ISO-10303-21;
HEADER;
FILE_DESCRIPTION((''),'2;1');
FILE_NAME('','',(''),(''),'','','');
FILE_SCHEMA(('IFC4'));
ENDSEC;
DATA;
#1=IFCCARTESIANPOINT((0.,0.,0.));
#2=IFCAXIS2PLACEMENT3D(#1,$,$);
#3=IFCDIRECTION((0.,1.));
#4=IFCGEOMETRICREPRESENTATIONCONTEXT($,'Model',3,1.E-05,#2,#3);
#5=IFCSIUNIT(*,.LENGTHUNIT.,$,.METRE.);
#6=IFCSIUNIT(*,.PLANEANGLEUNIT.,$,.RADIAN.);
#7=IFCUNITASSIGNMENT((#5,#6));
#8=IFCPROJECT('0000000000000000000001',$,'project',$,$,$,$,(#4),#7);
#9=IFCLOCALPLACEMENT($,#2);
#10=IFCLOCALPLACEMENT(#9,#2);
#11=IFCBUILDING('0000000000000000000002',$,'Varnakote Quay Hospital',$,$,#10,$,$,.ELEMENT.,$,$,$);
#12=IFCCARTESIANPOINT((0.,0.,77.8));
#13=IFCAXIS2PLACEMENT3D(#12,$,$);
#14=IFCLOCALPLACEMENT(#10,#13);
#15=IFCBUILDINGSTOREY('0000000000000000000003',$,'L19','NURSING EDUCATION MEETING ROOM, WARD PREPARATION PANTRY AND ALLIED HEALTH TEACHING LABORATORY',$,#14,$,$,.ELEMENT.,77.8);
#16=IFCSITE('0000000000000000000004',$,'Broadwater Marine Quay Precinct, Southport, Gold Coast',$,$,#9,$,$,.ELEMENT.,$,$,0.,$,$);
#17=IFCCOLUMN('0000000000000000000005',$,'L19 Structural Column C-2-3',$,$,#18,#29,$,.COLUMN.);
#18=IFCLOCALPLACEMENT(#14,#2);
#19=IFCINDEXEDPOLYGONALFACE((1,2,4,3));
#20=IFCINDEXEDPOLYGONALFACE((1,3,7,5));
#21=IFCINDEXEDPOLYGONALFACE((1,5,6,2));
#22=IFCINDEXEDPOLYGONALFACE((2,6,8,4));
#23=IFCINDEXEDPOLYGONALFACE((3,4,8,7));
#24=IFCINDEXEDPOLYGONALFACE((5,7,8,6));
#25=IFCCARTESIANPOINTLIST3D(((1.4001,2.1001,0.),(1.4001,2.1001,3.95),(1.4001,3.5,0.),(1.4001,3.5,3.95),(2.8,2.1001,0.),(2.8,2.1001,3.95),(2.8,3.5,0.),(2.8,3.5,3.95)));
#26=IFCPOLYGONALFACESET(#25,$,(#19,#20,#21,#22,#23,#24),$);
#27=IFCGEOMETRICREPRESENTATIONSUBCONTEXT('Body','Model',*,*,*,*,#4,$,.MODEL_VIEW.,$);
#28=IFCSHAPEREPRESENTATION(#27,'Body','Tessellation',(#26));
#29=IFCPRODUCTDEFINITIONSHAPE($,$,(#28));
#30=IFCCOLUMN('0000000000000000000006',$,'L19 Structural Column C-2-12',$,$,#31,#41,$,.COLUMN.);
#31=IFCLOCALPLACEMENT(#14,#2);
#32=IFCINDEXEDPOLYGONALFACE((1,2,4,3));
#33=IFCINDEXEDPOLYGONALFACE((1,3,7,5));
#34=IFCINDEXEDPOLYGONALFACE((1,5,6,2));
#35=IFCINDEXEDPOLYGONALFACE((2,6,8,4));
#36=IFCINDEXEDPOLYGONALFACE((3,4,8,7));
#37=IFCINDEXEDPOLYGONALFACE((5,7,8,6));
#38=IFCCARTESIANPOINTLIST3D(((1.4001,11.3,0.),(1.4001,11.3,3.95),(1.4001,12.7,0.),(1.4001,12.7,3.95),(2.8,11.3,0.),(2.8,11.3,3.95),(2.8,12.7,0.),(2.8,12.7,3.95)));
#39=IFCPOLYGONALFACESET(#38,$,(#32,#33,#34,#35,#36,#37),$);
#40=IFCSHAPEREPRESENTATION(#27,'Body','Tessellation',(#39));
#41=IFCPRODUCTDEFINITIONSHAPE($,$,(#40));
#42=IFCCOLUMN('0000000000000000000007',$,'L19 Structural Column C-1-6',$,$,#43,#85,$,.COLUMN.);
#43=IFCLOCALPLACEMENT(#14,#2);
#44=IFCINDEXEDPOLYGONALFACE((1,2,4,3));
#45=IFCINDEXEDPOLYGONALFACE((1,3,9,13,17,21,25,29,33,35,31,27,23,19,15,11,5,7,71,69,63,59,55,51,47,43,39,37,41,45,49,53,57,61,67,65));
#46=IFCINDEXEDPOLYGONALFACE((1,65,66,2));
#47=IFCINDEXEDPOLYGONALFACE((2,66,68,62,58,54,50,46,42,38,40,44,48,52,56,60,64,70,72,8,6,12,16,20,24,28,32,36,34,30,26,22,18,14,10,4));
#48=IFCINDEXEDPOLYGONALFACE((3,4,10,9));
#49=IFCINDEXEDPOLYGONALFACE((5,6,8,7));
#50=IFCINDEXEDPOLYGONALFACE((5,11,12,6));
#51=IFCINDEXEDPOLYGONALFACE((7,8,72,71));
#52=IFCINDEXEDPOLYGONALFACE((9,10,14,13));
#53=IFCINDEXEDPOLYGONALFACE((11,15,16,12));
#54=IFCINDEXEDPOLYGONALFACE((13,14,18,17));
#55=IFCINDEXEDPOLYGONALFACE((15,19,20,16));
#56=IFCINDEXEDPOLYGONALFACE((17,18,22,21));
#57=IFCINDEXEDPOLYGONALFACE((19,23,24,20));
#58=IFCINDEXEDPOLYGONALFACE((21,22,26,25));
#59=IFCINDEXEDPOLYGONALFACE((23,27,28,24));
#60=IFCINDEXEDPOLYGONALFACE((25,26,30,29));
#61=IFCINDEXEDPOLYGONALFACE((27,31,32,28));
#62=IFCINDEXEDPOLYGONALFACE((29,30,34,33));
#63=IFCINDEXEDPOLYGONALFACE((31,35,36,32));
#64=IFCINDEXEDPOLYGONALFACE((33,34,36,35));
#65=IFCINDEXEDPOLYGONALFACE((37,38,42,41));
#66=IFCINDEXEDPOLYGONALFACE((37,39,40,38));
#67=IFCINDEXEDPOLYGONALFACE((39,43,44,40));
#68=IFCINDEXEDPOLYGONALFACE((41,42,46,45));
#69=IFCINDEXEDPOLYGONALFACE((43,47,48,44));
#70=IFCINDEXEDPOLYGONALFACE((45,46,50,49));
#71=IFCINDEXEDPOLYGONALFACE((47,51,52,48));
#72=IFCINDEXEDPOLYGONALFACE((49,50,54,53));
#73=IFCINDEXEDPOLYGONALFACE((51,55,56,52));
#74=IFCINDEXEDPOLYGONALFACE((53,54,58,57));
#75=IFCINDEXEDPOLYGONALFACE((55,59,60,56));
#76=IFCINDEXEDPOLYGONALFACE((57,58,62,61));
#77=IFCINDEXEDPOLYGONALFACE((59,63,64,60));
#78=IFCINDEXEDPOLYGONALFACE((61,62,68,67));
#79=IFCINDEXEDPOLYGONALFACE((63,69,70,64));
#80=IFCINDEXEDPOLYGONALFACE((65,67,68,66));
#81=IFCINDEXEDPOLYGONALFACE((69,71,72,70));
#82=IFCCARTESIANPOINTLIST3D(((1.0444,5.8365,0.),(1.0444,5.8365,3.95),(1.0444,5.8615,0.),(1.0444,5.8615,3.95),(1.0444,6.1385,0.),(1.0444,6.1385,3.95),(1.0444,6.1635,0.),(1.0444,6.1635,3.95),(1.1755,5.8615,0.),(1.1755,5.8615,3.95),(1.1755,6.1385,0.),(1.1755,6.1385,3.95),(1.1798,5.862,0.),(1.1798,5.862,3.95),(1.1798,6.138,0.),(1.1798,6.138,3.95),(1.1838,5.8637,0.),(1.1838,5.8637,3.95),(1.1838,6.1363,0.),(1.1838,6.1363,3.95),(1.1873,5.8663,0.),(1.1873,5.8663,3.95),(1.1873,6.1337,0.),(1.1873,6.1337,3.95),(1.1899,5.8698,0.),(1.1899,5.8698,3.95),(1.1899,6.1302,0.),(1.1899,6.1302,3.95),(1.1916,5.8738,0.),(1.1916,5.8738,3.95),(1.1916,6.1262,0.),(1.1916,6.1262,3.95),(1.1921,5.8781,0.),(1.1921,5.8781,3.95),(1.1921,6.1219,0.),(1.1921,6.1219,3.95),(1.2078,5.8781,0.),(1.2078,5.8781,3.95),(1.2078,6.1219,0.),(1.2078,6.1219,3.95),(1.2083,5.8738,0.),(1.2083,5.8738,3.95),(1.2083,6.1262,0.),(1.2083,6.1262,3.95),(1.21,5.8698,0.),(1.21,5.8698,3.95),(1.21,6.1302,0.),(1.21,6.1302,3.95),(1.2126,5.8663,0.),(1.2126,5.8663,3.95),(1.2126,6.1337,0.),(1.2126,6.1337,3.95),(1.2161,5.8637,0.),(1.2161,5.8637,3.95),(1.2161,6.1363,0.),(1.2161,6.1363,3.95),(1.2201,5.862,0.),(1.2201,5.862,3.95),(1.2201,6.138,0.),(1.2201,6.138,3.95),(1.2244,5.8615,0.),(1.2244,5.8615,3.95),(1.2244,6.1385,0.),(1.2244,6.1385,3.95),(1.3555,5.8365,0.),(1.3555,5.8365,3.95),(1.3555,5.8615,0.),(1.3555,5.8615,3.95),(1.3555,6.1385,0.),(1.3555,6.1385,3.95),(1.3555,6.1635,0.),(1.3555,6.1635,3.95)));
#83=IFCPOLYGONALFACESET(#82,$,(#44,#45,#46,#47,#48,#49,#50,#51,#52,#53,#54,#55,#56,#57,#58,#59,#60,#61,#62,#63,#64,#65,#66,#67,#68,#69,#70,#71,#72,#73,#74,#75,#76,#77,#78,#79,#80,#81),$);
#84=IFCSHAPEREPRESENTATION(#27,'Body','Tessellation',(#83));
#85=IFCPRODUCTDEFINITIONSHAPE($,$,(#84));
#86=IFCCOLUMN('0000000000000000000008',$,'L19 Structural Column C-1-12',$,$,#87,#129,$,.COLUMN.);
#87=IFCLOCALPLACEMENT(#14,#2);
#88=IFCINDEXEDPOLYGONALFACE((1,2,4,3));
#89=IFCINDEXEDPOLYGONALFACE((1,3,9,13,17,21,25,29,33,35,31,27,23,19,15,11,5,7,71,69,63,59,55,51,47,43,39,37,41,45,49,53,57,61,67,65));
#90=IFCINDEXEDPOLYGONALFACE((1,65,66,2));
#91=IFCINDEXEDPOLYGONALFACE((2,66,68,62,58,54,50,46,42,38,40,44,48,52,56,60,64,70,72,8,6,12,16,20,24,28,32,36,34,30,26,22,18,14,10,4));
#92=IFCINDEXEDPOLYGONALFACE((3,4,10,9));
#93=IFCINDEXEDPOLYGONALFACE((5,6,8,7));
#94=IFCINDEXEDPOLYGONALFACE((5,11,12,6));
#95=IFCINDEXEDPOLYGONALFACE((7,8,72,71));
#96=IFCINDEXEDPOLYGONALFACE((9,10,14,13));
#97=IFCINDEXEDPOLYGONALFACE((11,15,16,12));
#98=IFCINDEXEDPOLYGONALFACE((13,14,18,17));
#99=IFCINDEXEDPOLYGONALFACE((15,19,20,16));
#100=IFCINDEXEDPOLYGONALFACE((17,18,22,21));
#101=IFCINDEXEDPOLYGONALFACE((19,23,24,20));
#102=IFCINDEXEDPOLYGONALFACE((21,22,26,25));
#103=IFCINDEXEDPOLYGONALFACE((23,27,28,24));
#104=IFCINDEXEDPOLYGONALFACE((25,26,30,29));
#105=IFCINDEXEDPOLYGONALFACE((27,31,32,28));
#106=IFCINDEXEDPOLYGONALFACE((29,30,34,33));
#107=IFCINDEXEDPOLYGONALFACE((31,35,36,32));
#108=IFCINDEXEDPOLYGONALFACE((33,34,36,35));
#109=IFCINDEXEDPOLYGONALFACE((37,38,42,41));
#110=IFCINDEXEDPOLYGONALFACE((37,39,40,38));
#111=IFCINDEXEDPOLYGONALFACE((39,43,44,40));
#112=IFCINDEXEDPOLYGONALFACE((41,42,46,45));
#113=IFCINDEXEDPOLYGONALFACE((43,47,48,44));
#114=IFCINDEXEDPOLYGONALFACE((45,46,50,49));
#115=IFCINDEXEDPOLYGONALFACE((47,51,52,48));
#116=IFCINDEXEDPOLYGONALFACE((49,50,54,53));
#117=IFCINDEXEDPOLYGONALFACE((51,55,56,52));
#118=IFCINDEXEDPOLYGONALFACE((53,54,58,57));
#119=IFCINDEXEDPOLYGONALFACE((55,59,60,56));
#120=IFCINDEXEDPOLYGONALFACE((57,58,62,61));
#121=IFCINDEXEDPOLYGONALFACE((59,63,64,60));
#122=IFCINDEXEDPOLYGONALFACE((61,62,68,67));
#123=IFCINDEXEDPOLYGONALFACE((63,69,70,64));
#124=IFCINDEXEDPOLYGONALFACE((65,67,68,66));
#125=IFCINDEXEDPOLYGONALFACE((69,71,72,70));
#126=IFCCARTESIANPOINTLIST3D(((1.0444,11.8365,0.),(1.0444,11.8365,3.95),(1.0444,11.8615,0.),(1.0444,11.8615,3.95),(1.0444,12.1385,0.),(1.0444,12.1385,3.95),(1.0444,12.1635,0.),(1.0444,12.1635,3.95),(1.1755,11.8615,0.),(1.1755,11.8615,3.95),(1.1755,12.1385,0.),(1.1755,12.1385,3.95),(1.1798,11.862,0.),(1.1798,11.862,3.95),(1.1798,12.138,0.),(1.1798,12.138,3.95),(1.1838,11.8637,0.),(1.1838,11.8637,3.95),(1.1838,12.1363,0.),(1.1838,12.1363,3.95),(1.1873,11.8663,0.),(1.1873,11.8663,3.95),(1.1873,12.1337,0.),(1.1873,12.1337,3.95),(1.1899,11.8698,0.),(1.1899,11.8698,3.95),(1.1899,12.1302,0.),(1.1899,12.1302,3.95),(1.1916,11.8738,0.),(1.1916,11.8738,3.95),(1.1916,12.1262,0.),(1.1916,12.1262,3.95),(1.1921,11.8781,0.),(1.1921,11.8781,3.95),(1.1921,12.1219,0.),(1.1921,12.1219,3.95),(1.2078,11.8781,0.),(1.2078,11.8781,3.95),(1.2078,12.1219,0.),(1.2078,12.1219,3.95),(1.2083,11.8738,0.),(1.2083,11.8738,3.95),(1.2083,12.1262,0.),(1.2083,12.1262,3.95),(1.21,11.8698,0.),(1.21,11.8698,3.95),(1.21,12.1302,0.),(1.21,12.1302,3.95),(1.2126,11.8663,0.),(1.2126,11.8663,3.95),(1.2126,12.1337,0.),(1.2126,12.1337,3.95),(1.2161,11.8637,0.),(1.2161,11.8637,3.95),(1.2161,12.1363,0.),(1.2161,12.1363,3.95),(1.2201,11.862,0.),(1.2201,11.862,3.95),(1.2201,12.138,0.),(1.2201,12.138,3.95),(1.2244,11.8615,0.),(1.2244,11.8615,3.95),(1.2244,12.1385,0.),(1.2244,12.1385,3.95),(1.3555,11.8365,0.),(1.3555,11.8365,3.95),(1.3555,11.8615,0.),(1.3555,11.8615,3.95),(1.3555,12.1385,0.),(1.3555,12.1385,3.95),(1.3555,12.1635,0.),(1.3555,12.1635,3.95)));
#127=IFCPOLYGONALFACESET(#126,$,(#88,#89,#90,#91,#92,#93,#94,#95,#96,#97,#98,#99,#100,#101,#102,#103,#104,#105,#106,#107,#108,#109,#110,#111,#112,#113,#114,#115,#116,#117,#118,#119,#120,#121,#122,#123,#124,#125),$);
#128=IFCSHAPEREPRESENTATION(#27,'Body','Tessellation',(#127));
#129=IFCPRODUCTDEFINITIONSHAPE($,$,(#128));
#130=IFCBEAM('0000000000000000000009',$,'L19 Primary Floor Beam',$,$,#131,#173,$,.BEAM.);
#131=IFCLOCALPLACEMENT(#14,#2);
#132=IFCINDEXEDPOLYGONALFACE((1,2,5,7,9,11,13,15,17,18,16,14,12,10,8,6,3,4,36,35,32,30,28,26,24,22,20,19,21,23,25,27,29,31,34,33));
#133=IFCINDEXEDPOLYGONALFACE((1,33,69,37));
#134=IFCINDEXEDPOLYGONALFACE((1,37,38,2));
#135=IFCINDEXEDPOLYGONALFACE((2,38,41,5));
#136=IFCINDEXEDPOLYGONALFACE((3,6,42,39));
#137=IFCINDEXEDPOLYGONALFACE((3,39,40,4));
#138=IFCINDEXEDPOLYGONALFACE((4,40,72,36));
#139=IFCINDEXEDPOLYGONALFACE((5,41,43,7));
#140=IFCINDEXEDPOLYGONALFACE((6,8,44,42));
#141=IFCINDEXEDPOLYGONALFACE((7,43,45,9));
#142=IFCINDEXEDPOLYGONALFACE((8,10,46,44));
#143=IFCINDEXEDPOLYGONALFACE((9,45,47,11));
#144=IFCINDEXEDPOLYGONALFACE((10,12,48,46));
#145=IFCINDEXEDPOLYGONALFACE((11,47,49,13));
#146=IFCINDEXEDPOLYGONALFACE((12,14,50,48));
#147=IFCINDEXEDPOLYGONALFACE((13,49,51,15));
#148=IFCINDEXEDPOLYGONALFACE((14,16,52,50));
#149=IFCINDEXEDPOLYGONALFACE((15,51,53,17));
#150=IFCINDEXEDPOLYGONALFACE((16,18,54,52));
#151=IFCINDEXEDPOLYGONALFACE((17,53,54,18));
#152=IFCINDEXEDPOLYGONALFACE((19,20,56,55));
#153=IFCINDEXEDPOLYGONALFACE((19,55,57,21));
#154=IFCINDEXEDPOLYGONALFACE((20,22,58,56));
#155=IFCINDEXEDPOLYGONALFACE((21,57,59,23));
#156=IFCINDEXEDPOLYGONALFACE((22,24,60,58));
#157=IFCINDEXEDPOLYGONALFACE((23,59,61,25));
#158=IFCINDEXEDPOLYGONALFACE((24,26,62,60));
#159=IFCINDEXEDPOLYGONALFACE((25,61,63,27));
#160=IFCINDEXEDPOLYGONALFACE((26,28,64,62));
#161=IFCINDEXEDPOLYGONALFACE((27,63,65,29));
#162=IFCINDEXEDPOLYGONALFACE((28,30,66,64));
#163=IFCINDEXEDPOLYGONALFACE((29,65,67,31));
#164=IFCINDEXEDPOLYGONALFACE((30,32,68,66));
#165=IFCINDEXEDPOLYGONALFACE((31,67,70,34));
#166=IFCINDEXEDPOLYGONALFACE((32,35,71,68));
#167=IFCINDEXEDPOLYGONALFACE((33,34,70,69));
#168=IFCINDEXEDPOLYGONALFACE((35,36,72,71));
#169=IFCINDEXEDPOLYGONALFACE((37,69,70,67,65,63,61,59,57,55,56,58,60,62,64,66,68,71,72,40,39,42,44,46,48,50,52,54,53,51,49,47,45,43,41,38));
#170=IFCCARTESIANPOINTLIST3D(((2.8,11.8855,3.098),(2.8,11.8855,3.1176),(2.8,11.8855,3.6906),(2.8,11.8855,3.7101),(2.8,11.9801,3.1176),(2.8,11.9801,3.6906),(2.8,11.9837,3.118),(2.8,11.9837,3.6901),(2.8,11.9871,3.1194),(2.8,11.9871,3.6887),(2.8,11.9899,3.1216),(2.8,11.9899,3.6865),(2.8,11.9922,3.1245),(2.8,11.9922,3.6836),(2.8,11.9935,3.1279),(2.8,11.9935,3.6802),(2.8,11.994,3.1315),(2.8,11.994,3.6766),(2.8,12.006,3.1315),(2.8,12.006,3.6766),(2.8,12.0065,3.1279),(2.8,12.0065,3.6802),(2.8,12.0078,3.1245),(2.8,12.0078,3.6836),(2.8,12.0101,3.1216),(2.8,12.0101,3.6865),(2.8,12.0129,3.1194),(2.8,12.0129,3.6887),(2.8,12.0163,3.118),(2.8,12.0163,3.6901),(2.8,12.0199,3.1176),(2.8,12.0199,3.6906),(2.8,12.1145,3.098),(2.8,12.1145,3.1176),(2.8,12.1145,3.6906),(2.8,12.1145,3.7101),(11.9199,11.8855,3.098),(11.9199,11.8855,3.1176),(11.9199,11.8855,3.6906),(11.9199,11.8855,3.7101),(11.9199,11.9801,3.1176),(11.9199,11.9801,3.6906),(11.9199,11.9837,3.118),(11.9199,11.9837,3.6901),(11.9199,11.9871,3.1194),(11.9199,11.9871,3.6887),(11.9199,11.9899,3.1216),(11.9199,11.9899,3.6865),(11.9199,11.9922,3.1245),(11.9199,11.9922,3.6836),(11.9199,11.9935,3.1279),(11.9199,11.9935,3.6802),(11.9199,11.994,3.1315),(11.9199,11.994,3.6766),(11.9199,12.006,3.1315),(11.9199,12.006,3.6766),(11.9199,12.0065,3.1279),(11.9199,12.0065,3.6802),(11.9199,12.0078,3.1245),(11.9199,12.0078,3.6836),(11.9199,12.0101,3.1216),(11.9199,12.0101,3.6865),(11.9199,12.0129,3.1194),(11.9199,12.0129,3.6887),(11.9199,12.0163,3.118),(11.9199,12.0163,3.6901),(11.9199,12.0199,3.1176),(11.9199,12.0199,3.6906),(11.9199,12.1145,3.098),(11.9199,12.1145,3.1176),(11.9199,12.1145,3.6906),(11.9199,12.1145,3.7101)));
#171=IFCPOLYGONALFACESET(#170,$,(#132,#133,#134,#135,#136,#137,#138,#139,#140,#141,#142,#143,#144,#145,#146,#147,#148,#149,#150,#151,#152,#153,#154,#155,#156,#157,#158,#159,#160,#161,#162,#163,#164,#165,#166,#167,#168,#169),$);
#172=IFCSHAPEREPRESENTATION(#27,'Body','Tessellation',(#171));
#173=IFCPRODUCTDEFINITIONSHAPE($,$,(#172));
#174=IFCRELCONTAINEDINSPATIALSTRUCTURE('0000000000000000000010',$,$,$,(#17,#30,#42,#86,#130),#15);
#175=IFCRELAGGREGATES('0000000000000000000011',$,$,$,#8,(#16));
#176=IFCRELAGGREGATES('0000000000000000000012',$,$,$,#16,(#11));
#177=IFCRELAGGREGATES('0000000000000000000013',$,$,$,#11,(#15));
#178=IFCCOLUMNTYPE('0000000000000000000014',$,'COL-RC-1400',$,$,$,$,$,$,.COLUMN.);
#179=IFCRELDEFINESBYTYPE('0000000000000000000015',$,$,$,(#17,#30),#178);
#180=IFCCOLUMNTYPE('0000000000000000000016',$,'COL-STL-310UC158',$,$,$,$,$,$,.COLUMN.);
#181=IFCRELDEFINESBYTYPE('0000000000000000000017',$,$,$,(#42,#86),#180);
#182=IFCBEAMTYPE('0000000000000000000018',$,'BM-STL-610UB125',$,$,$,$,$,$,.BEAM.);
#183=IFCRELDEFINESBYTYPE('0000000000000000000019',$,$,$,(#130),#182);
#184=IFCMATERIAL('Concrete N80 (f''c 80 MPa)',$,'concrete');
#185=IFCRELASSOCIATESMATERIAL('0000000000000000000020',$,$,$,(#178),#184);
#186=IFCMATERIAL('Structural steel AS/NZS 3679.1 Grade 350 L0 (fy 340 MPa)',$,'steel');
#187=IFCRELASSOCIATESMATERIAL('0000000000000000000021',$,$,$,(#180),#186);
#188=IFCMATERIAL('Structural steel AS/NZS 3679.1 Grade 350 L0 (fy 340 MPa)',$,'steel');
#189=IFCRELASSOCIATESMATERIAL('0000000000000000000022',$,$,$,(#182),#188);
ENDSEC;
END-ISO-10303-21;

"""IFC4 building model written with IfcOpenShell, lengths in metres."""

from ifc_helpers import new_model, si_unit, direction, frame, origin, origin_2d, place, context, subcontext, project, spatial, rectangle, i_section, extrude, material, material_profile, profile_set, type_object, element, save


model = new_model("IFC4")

# Units and contexts
model_context = context("Model", 3, precision=1e-05, world=origin(), true_north=direction((0.0, 1.0)))
body_context = subcontext(model_context, "Body", "Model", "MODEL_VIEW")
ifc_project = project(units=[si_unit("LENGTHUNIT", "METRE"), si_unit("PLANEANGLEUNIT", "RADIAN")], contexts=[model_context])

# Site, building, storey
site_placement = place(None, origin())
site = spatial("IfcSite", under=ifc_project, at=site_placement, Name="Broadwater Marine Quay Precinct, Southport, Gold Coast", CompositionType="ELEMENT", RefElevation=0.0)
building_placement = place(site_placement, origin())
building = spatial("IfcBuilding", under=site, at=building_placement, Name="Varnakote Quay Hospital", CompositionType="ELEMENT")
storey_placement = place(building_placement, frame((0.0, 0.0, 77.8)))
storey = spatial("IfcBuildingStorey", under=building, at=storey_placement, Name="L19", Description="NURSING EDUCATION MEETING ROOM, WARD PREPARATION PANTRY AND ALLIED HEALTH TEACHING LABORATORY", CompositionType="ELEMENT", Elevation=77.8)

# Columns
ifc_material_1 = material(Name="Concrete N80 (f'c 80 MPa)", Category="concrete")
ifc_material_profile_1 = material_profile(ifc_material_1, rectangle(XDim=1.3999, YDim=1.3999, at=origin_2d()), Name="RC-COL-1400x1400")
ifc_profile_set_1 = profile_set([ifc_material_profile_1], Name="Concrete N80 (f'c 80 MPa)")
column_type_1 = type_object("IfcColumnType", Name="COL-RC-1400", PredefinedType="COLUMN", material=ifc_profile_set_1)
for number, where, z_axis, x_axis, name in (
    (1, (2.1001, 2.8, 0.0), (0.0, 0.0, 1.0), (1.0, 0.0, 0.0), "L19 Structural Column C-2-3"),
    (2, (2.1001, 12.0, 0.0), (0.0, 0.0, 1.0), (1.0, 0.0, 0.0), "L19 Structural Column C-2-12"),
):
    element("IfcColumn", number, at=place(storey_placement, frame(where, z_axis=z_axis, x_axis=x_axis)), inside=storey, type_object=column_type_1, Name=name, PredefinedType="COLUMN", context=body_context, shape_type="SweptSolid", body=[
        extrude(rectangle(XDim=1.3999, YDim=1.3999, at=origin_2d()), origin(), (0.0, 0.0, 1.0), 3.95),
    ])
ifc_material_2 = material(Name="Structural steel AS/NZS 3679.1 Grade 350 L0 (fy 340 MPa)", Category="steel")
ifc_material_profile_2 = material_profile(ifc_material_2, i_section(OverallWidth=0.311, OverallDepth=0.3269, WebThickness=0.0156, FlangeThickness=0.0249, FilletRadius=0.0166, at=origin_2d()), Name="310UC158")
ifc_profile_set_2 = profile_set([ifc_material_profile_2], Name="Structural steel AS/NZS 3679.1 Grade 350 L0 (fy 340 MPa)")
column_type_2 = type_object("IfcColumnType", Name="COL-STL-310UC158", PredefinedType="COLUMN", material=ifc_profile_set_2)
for number, where, z_axis, x_axis, name in (
    (3, (1.2, 6.0, 0.0), (0.0, 0.0, 1.0), (1.0, 0.0, 0.0), "L19 Structural Column C-1-6"),
    (4, (1.2, 12.0, 0.0), (0.0, 0.0, 1.0), (1.0, 0.0, 0.0), "L19 Structural Column C-1-12"),
):
    element("IfcColumn", number, at=place(storey_placement, frame(where, z_axis=z_axis, x_axis=x_axis)), inside=storey, type_object=column_type_2, Name=name, PredefinedType="COLUMN", context=body_context, shape_type="SweptSolid", body=[
        extrude(i_section(OverallWidth=0.311, OverallDepth=0.3269, WebThickness=0.0156, FlangeThickness=0.0249, FilletRadius=0.0166, at=origin_2d()), origin(), (0.0, 0.0, 1.0), 3.95),
    ])

# Beam
ifc_material_3 = material(Name="Structural steel AS/NZS 3679.1 Grade 350 L0 (fy 340 MPa)", Category="steel")
ifc_material_profile_3 = material_profile(ifc_material_3, i_section(OverallWidth=0.229, OverallDepth=0.6121, WebThickness=0.012, FlangeThickness=0.0195, FilletRadius=0.0139, at=origin_2d()), Name="610UB125")
ifc_profile_set_3 = profile_set([ifc_material_profile_3], Name="Structural steel AS/NZS 3679.1 Grade 350 L0 (fy 340 MPa)")
beam_type_1 = type_object("IfcBeamType", Name="BM-STL-610UB125", PredefinedType="BEAM", material=ifc_profile_set_3)
beam_1_placement = place(storey_placement, frame((2.8, 12.0, 3.4041), z_axis=(1.0, 0.0, 0.0), x_axis=(0.0, 1.0, 0.0)))
element("IfcBeam", 5, at=beam_1_placement, inside=storey, type_object=beam_type_1, Name="L19 Primary Floor Beam", PredefinedType="BEAM", context=body_context, shape_type="SweptSolid", body=[
    extrude(i_section(OverallWidth=0.229, OverallDepth=0.6121, WebThickness=0.012, FlangeThickness=0.0195, FilletRadius=0.0139, at=origin_2d()), origin(), (0.0, 0.0, 1.0), 9.1199),
])

save(model, "model.ifc")
